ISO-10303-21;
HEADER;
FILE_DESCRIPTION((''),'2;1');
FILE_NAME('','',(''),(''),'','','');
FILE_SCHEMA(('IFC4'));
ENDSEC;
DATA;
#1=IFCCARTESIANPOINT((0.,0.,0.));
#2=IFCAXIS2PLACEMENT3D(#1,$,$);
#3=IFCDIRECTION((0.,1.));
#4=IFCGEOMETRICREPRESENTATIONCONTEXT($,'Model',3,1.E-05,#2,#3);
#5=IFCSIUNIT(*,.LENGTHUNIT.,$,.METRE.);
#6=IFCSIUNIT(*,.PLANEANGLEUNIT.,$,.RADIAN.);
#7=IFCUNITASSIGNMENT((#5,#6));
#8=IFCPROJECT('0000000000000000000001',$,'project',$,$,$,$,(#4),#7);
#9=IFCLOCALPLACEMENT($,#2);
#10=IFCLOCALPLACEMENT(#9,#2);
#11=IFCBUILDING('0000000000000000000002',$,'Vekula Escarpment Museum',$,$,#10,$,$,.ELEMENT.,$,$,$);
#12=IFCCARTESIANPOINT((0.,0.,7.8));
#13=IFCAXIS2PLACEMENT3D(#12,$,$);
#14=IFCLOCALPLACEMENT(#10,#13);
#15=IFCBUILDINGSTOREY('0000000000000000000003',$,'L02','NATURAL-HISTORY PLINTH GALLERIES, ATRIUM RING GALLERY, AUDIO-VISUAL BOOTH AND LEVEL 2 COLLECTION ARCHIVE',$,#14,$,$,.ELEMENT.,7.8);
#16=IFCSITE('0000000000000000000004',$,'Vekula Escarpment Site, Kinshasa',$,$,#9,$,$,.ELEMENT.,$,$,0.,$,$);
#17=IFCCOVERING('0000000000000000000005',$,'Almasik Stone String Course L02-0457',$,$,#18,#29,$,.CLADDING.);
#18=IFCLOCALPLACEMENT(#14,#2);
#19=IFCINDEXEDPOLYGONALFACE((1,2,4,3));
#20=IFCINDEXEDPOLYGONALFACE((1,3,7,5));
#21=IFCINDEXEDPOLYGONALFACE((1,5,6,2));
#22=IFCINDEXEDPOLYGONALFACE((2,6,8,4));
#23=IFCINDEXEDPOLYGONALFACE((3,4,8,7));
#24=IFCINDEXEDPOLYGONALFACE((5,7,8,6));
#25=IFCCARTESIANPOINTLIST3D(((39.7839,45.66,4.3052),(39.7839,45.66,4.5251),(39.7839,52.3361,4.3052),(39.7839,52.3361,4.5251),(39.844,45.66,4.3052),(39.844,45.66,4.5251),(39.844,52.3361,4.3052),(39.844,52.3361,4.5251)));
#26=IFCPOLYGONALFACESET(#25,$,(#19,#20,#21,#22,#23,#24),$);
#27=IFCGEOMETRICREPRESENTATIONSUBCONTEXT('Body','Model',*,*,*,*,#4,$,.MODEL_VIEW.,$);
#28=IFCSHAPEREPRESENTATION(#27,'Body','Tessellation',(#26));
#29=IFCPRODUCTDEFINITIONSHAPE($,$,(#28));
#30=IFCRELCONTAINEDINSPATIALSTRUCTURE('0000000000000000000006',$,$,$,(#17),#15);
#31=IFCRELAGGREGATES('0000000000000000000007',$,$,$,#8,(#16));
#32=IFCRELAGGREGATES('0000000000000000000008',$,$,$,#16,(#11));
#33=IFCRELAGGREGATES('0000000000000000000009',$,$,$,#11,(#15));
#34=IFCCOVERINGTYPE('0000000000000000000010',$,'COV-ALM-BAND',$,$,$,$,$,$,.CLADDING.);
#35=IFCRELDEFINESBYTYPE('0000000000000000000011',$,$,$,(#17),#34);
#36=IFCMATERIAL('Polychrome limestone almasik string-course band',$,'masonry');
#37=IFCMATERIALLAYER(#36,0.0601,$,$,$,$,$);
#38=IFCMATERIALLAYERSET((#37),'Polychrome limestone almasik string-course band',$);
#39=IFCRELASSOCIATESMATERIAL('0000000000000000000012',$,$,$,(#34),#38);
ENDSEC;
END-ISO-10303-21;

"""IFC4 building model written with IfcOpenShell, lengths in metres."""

from ifc_helpers import new_model, si_unit, direction, frame, origin, origin_2d, place, context, subcontext, project, spatial, rectangle, extrude, material, layer, layer_set, type_object, element, save


model = new_model("IFC4")

# Units and contexts
model_context = context("Model", 3, precision=1e-05, world=origin(), true_north=direction((0.0, 1.0)))
body_context = subcontext(model_context, "Body", "Model", "MODEL_VIEW")
ifc_project = project(units=[si_unit("LENGTHUNIT", "METRE"), si_unit("PLANEANGLEUNIT", "RADIAN")], contexts=[model_context])

# Site, building, storey
site_placement = place(None, origin())
site = spatial("IfcSite", under=ifc_project, at=site_placement, Name="Vekula Escarpment Site, Kinshasa", CompositionType="ELEMENT", RefElevation=0.0)
building_placement = place(site_placement, origin())
building = spatial("IfcBuilding", under=site, at=building_placement, Name="Vekula Escarpment Museum", CompositionType="ELEMENT")
storey_placement = place(building_placement, frame((0.0, 0.0, 7.8)))
storey = spatial("IfcBuildingStorey", under=building, at=storey_placement, Name="L02", Description="NATURAL-HISTORY PLINTH GALLERIES, ATRIUM RING GALLERY, AUDIO-VISUAL BOOTH AND LEVEL 2 COLLECTION ARCHIVE", CompositionType="ELEMENT", Elevation=7.8)

# Covering
ifc_material_1 = material(Name="Polychrome limestone almasik string-course band", Category="masonry")
ifc_layer_1 = layer(ifc_material_1, 0.0601)
ifc_layer_set_1 = layer_set([ifc_layer_1], Name="Polychrome limestone almasik string-course band")
covering_type = type_object("IfcCoveringType", Name="COV-ALM-BAND", PredefinedType="CLADDING", material=ifc_layer_set_1)
for number, where, z_axis, x_axis, name in (
    (1, (39.814, 48.998, 4.3052), (0.0, 0.0, 1.0), (0.0, 1.0, 0.0), "Almasik Stone String Course L02-0457"),
):
    element("IfcCovering", number, at=place(storey_placement, frame(where, z_axis=z_axis, x_axis=x_axis)), inside=storey, type_object=covering_type, Name=name, PredefinedType="CLADDING", context=body_context, shape_type="SweptSolid", body=[
        extrude(rectangle(XDim=6.676, YDim=0.0601, at=origin_2d()), origin(), (0.0, 0.0, 1.0), 0.22),
    ])

save(model, "model.ifc")
